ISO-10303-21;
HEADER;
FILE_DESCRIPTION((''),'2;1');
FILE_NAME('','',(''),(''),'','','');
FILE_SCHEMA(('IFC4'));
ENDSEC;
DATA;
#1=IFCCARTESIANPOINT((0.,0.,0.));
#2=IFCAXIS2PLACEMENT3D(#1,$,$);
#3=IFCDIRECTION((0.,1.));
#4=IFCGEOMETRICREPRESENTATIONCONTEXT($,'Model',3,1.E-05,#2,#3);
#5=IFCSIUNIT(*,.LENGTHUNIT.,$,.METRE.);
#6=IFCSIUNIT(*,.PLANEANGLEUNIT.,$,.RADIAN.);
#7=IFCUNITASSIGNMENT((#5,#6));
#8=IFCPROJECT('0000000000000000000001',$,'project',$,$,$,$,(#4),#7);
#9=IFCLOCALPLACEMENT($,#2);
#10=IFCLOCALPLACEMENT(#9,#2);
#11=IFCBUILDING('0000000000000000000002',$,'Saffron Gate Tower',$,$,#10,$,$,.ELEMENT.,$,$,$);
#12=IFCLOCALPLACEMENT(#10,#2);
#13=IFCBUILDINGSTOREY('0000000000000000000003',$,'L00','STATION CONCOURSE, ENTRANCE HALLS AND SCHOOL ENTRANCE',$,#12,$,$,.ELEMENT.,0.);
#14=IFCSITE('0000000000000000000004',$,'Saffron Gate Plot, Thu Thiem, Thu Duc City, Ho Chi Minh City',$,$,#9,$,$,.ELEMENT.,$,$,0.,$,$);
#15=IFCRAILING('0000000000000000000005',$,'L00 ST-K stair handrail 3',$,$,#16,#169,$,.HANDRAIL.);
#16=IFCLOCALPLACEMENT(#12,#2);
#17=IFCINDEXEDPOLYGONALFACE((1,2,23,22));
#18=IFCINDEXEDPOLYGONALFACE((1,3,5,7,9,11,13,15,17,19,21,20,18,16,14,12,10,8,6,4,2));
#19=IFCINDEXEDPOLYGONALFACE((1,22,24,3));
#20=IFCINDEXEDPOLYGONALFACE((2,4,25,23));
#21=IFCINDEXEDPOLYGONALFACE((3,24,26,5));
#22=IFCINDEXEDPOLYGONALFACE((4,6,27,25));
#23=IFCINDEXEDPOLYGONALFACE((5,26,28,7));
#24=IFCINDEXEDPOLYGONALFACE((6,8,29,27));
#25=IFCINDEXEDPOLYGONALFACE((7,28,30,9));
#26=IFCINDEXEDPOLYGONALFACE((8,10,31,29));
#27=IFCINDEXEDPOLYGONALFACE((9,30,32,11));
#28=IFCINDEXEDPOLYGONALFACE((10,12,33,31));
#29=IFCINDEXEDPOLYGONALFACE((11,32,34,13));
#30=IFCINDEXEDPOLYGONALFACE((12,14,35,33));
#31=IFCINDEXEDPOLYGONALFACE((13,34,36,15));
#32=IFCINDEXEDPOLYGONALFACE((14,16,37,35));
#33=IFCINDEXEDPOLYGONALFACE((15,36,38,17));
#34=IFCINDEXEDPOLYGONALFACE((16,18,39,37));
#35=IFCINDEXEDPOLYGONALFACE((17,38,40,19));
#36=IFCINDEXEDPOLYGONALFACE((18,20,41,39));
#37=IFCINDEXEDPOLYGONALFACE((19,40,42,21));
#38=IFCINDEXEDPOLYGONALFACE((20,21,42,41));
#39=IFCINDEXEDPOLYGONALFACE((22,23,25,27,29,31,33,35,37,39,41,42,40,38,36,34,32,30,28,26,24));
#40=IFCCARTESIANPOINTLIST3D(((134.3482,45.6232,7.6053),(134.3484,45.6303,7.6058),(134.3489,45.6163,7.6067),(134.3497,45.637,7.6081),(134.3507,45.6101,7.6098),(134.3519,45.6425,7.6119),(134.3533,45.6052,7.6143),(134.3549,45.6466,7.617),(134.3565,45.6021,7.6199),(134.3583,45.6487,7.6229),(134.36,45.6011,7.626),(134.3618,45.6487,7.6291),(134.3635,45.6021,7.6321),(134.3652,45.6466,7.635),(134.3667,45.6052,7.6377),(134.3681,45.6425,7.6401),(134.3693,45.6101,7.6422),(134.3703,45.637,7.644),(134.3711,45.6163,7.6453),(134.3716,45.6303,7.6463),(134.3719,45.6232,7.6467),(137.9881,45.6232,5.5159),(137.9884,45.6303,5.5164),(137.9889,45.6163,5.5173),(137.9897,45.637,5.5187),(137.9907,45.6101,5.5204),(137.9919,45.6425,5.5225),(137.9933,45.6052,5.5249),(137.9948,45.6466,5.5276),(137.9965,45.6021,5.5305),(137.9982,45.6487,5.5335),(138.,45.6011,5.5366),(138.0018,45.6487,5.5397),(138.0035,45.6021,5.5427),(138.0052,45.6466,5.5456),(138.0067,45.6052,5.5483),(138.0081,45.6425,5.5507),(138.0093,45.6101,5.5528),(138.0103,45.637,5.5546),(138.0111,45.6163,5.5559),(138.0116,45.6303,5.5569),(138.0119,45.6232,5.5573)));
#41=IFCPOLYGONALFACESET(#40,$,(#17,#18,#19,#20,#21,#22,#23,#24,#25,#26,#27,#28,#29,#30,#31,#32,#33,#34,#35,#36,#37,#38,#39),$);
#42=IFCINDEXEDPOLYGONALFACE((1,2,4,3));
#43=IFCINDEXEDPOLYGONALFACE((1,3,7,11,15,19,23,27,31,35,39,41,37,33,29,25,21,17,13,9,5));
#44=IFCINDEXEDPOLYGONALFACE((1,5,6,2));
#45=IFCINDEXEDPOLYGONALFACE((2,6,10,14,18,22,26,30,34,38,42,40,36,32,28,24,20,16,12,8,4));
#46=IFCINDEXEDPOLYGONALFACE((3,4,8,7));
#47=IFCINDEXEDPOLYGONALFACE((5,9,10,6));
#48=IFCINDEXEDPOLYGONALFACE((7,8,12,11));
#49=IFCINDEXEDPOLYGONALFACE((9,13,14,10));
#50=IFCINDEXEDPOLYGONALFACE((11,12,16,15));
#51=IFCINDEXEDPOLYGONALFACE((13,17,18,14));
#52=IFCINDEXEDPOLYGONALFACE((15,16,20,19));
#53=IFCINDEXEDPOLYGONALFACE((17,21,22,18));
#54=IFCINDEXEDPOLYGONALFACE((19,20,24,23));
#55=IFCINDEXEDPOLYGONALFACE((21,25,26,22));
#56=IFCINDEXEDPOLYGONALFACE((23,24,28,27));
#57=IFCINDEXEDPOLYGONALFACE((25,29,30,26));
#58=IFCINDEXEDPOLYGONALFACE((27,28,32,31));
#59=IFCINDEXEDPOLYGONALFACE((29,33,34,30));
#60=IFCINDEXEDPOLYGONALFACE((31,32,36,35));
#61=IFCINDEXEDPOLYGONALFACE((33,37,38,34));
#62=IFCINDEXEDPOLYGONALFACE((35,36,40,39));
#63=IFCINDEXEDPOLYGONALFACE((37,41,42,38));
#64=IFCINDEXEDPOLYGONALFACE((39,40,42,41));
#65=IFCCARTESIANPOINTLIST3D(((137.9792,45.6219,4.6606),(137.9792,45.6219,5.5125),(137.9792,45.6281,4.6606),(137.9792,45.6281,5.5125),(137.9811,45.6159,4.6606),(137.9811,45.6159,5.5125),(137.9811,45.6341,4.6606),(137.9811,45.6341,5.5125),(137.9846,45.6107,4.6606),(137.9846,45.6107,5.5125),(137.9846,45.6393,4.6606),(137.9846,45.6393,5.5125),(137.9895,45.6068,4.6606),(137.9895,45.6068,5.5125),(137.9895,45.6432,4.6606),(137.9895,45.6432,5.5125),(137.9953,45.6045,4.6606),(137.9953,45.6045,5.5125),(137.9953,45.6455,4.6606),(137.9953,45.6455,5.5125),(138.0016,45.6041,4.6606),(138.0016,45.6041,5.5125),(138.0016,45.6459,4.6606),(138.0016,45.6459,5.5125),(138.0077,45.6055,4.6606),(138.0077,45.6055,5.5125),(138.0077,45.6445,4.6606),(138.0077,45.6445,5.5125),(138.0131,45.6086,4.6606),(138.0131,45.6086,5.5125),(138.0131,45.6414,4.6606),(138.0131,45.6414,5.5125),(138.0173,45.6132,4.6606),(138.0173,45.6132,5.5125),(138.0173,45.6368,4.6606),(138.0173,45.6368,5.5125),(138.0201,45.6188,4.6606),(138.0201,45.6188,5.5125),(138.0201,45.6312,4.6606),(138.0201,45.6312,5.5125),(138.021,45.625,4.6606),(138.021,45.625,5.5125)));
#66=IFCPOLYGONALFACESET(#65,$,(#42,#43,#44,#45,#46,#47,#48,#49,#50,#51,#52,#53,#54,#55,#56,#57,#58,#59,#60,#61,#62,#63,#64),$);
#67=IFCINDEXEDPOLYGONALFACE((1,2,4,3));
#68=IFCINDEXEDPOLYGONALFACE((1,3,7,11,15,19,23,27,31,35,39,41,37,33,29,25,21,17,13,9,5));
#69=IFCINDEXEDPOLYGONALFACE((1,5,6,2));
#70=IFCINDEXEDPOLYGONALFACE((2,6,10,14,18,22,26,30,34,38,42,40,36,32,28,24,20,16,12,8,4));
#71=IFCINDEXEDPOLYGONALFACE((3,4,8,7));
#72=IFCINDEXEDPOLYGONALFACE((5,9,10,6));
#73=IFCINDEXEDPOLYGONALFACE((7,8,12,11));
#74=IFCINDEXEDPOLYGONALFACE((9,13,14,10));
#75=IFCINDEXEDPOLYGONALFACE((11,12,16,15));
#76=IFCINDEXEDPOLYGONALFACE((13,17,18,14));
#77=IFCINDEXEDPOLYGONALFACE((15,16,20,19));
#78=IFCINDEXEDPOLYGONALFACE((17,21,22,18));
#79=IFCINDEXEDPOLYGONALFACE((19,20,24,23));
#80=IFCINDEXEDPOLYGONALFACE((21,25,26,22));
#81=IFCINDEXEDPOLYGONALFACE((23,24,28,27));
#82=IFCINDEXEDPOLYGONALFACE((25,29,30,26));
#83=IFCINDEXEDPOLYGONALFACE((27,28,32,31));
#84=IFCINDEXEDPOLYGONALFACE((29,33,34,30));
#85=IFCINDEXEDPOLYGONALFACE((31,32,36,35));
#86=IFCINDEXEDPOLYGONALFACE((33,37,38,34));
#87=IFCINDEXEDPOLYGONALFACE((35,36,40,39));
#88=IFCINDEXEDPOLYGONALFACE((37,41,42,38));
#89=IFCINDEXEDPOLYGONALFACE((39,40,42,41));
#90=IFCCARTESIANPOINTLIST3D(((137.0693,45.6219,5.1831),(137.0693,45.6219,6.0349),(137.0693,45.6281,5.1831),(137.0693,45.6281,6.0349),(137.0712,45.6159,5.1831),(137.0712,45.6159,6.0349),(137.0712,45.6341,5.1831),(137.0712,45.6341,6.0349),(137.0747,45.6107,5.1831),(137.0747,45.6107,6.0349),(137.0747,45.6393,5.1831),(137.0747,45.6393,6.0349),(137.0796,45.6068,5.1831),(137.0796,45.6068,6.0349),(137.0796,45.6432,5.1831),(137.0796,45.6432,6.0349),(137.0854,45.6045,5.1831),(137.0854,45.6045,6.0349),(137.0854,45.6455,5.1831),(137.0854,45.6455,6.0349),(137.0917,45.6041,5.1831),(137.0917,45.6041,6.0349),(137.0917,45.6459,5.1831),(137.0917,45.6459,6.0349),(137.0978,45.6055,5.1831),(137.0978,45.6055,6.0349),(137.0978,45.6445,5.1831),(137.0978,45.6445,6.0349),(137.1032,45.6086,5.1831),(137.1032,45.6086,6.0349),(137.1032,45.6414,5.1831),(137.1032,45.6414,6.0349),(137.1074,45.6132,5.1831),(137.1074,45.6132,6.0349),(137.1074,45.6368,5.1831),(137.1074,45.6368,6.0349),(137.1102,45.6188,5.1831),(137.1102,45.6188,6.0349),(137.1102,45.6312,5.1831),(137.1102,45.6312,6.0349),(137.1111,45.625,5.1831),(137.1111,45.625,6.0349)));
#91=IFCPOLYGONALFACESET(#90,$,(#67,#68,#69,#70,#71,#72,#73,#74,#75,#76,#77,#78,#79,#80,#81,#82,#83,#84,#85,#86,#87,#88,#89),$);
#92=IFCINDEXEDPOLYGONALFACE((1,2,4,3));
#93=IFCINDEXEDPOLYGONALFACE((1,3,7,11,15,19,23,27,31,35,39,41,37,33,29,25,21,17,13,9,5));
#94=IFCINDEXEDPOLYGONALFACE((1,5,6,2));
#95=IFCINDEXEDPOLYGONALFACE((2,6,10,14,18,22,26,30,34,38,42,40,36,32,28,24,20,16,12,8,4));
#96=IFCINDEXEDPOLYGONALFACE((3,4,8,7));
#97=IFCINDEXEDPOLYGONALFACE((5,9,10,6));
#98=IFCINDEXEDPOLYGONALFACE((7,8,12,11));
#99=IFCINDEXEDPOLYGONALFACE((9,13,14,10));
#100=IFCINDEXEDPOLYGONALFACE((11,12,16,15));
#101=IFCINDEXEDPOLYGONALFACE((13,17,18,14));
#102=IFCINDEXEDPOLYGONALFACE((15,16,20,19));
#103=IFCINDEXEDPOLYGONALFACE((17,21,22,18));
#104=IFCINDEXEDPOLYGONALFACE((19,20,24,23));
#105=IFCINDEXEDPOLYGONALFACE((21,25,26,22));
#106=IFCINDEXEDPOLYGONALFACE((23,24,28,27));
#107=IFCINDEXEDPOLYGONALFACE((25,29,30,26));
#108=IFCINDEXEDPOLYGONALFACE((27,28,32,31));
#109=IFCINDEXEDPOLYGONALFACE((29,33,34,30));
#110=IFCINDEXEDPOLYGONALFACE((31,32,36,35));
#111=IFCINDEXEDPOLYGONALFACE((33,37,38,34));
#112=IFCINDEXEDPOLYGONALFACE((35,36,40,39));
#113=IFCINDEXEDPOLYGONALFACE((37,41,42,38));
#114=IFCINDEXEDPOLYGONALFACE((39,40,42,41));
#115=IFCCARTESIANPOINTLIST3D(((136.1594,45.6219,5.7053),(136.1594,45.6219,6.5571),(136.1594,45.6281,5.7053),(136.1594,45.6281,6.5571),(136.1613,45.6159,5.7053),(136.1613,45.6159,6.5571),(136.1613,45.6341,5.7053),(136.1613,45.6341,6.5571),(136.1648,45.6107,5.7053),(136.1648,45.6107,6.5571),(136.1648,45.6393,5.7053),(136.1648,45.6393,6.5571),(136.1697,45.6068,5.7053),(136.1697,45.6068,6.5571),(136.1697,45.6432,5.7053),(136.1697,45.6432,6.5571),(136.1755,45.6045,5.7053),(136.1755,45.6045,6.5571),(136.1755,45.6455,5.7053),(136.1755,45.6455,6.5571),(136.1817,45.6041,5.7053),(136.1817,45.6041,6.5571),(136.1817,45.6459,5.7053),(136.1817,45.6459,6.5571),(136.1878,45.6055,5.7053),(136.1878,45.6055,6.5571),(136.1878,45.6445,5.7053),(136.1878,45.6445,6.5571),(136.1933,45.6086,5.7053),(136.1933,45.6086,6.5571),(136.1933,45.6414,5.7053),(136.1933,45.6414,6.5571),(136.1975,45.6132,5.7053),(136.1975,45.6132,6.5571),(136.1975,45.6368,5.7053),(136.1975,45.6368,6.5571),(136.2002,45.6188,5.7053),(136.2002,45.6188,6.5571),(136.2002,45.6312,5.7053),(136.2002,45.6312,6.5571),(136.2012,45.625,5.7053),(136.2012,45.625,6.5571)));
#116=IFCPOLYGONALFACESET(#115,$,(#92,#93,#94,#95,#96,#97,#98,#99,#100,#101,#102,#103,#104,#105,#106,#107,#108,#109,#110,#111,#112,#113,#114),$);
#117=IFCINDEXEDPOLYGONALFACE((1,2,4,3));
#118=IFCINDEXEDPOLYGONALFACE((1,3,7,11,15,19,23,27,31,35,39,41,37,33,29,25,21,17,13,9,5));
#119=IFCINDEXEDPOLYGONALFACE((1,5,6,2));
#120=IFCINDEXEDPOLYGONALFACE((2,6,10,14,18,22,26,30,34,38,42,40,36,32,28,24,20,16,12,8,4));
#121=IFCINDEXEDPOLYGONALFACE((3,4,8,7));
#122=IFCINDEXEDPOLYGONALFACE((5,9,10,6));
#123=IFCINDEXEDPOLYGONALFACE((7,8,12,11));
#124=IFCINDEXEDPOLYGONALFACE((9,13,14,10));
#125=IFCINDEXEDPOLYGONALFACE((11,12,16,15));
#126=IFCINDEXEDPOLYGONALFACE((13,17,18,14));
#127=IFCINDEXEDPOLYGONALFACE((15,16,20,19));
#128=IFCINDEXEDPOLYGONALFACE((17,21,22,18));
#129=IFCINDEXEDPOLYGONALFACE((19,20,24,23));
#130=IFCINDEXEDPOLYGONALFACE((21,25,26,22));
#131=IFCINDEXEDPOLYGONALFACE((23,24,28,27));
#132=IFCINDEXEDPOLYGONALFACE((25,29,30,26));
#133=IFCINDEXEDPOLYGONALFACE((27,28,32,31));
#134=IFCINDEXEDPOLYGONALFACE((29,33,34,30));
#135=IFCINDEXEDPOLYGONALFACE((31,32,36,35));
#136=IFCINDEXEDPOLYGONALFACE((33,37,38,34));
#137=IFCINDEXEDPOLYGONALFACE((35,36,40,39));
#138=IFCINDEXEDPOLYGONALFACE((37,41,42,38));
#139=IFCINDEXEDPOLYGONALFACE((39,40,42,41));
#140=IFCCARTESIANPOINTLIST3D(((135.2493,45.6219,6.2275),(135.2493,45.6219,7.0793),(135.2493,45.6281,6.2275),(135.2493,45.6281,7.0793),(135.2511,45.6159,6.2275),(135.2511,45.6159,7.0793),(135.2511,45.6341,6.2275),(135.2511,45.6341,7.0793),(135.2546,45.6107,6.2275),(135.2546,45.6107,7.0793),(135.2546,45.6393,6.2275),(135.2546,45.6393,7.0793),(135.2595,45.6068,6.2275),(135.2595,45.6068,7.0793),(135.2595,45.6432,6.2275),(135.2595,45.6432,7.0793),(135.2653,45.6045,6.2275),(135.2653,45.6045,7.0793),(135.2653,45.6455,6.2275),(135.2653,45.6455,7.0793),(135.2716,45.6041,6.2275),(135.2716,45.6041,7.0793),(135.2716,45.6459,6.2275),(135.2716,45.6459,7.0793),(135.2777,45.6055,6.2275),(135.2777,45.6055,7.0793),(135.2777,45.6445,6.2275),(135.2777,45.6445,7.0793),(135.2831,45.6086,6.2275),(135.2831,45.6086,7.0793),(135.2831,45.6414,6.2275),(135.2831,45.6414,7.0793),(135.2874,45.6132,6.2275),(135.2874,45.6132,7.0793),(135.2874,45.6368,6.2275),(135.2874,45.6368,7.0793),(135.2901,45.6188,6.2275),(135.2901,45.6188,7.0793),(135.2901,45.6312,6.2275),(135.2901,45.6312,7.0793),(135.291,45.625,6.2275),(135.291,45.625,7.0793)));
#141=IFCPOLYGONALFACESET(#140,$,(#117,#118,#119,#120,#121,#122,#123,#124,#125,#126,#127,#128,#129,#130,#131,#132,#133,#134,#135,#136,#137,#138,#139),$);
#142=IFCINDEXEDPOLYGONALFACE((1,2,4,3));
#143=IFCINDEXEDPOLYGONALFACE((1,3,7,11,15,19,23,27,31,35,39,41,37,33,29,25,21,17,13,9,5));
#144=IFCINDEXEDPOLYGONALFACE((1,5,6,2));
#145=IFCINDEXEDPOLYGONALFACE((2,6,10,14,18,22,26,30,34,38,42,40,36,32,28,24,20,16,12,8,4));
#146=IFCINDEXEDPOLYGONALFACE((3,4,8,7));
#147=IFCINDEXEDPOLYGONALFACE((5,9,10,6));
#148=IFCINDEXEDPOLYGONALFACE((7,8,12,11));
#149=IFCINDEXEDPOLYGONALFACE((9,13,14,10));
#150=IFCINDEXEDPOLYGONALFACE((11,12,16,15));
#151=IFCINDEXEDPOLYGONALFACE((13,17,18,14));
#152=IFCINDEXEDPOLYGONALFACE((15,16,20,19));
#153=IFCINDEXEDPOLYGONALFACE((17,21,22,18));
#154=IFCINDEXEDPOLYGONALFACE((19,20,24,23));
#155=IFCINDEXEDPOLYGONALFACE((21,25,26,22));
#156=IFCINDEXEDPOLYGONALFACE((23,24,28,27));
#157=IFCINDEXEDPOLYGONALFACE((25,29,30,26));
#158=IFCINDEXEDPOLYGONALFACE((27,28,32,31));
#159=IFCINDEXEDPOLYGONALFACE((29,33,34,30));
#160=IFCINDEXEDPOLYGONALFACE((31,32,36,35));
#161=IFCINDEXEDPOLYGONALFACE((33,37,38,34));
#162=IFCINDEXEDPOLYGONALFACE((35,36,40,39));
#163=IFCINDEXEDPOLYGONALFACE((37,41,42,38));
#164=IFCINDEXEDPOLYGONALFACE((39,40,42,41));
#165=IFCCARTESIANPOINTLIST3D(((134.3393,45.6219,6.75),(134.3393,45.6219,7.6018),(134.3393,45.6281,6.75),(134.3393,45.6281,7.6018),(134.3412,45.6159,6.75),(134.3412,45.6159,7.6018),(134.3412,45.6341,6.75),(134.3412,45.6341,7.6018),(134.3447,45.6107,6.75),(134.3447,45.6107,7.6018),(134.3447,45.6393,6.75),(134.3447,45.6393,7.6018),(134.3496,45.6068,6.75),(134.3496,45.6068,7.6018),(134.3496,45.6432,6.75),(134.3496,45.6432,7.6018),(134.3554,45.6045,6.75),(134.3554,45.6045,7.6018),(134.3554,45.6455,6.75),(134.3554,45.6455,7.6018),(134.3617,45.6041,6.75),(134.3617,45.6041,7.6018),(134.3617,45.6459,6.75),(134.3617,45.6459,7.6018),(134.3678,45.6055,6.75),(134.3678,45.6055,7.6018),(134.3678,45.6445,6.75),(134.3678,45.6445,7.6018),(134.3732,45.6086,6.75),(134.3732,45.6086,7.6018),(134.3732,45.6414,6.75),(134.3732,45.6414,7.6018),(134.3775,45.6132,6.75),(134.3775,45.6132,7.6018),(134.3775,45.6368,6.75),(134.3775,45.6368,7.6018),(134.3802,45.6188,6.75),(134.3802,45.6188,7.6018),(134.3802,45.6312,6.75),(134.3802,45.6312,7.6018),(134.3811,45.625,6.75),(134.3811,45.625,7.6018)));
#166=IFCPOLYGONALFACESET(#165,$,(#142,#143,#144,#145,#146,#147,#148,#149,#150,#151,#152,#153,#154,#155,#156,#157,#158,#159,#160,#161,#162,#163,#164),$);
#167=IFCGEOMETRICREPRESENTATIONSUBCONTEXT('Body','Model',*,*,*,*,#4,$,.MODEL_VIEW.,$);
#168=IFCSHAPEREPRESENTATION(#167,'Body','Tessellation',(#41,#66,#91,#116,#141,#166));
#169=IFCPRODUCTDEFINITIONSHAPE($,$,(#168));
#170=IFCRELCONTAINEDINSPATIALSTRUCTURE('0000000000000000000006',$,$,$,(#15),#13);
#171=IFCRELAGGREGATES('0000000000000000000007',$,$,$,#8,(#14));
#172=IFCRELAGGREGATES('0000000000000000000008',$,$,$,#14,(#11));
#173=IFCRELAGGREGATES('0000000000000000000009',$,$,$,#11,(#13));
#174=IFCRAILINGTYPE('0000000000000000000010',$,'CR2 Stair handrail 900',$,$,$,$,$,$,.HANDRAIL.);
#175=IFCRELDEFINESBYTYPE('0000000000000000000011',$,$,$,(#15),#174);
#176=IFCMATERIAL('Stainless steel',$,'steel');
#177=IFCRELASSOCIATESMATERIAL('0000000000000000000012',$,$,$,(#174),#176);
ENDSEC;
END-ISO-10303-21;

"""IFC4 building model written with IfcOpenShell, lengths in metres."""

from ifc_helpers import new_model, si_unit, direction, frame, origin, origin_2d, place, context, subcontext, project, spatial, circle, extrude, material, type_object, element, save


model = new_model("IFC4")

# Units and contexts
model_context = context("Model", 3, precision=1e-05, world=origin(), true_north=direction((0.0, 1.0)))
body_context = subcontext(model_context, "Body", "Model", "MODEL_VIEW")
ifc_project = project(units=[si_unit("LENGTHUNIT", "METRE"), si_unit("PLANEANGLEUNIT", "RADIAN")], contexts=[model_context])

# Site, building, storey
site_placement = place(None, origin())
site = spatial("IfcSite", under=ifc_project, at=site_placement, Name="Saffron Gate Plot, Thu Thiem, Thu Duc City, Ho Chi Minh City", CompositionType="ELEMENT", RefElevation=0.0)
building_placement = place(site_placement, origin())
building = spatial("IfcBuilding", under=site, at=building_placement, Name="Saffron Gate Tower", CompositionType="ELEMENT")
storey_placement = place(building_placement, origin())
storey = spatial("IfcBuildingStorey", under=building, at=storey_placement, Name="L00", Description="STATION CONCOURSE, ENTRANCE HALLS AND SCHOOL ENTRANCE", CompositionType="ELEMENT", Elevation=0.0)

# Railing
ifc_material_1 = material(Name="Stainless steel", Category="steel")
railing_type_1 = type_object("IfcRailingType", Name="CR2 Stair handrail 900", PredefinedType="HANDRAIL", material=ifc_material_1)
railing_1_placement = place(storey_placement, frame((138.0, 45.625, 4.6606)))
element("IfcRailing", 1, at=railing_1_placement, inside=storey, type_object=railing_type_1, Name="L00 ST-K stair handrail 3", PredefinedType="HANDRAIL", context=body_context, shape_type="SweptSolid", body=[
    extrude(circle(Radius=0.0239, at=origin_2d()), frame((0.0, 0.0, 0.876), z_axis=(-0.867275, 0.0, 0.497829), x_axis=(0.0, -1.0, 0.0)), (0.0, 0.0, 1.0), 4.197),
    extrude(circle(Radius=0.021, at=origin_2d()), origin(), (0.0, 0.0, 1.0), 0.8518),
    extrude(circle(Radius=0.021, at=origin_2d()), frame((-0.9099, 0.0, 0.5225)), (0.0, 0.0, 1.0), 0.8518),
    extrude(circle(Radius=0.021, at=origin_2d()), frame((-1.8198, 0.0, 1.0447)), (0.0, 0.0, 1.0), 0.8518),
    extrude(circle(Radius=0.021, at=origin_2d()), frame((-2.73, 0.0, 1.5669)), (0.0, 0.0, 1.0), 0.8518),
    extrude(circle(Radius=0.021, at=origin_2d()), frame((-3.6399, 0.0, 2.0894)), (0.0, 0.0, 1.0), 0.8518),
])

save(model, "model.ifc")
